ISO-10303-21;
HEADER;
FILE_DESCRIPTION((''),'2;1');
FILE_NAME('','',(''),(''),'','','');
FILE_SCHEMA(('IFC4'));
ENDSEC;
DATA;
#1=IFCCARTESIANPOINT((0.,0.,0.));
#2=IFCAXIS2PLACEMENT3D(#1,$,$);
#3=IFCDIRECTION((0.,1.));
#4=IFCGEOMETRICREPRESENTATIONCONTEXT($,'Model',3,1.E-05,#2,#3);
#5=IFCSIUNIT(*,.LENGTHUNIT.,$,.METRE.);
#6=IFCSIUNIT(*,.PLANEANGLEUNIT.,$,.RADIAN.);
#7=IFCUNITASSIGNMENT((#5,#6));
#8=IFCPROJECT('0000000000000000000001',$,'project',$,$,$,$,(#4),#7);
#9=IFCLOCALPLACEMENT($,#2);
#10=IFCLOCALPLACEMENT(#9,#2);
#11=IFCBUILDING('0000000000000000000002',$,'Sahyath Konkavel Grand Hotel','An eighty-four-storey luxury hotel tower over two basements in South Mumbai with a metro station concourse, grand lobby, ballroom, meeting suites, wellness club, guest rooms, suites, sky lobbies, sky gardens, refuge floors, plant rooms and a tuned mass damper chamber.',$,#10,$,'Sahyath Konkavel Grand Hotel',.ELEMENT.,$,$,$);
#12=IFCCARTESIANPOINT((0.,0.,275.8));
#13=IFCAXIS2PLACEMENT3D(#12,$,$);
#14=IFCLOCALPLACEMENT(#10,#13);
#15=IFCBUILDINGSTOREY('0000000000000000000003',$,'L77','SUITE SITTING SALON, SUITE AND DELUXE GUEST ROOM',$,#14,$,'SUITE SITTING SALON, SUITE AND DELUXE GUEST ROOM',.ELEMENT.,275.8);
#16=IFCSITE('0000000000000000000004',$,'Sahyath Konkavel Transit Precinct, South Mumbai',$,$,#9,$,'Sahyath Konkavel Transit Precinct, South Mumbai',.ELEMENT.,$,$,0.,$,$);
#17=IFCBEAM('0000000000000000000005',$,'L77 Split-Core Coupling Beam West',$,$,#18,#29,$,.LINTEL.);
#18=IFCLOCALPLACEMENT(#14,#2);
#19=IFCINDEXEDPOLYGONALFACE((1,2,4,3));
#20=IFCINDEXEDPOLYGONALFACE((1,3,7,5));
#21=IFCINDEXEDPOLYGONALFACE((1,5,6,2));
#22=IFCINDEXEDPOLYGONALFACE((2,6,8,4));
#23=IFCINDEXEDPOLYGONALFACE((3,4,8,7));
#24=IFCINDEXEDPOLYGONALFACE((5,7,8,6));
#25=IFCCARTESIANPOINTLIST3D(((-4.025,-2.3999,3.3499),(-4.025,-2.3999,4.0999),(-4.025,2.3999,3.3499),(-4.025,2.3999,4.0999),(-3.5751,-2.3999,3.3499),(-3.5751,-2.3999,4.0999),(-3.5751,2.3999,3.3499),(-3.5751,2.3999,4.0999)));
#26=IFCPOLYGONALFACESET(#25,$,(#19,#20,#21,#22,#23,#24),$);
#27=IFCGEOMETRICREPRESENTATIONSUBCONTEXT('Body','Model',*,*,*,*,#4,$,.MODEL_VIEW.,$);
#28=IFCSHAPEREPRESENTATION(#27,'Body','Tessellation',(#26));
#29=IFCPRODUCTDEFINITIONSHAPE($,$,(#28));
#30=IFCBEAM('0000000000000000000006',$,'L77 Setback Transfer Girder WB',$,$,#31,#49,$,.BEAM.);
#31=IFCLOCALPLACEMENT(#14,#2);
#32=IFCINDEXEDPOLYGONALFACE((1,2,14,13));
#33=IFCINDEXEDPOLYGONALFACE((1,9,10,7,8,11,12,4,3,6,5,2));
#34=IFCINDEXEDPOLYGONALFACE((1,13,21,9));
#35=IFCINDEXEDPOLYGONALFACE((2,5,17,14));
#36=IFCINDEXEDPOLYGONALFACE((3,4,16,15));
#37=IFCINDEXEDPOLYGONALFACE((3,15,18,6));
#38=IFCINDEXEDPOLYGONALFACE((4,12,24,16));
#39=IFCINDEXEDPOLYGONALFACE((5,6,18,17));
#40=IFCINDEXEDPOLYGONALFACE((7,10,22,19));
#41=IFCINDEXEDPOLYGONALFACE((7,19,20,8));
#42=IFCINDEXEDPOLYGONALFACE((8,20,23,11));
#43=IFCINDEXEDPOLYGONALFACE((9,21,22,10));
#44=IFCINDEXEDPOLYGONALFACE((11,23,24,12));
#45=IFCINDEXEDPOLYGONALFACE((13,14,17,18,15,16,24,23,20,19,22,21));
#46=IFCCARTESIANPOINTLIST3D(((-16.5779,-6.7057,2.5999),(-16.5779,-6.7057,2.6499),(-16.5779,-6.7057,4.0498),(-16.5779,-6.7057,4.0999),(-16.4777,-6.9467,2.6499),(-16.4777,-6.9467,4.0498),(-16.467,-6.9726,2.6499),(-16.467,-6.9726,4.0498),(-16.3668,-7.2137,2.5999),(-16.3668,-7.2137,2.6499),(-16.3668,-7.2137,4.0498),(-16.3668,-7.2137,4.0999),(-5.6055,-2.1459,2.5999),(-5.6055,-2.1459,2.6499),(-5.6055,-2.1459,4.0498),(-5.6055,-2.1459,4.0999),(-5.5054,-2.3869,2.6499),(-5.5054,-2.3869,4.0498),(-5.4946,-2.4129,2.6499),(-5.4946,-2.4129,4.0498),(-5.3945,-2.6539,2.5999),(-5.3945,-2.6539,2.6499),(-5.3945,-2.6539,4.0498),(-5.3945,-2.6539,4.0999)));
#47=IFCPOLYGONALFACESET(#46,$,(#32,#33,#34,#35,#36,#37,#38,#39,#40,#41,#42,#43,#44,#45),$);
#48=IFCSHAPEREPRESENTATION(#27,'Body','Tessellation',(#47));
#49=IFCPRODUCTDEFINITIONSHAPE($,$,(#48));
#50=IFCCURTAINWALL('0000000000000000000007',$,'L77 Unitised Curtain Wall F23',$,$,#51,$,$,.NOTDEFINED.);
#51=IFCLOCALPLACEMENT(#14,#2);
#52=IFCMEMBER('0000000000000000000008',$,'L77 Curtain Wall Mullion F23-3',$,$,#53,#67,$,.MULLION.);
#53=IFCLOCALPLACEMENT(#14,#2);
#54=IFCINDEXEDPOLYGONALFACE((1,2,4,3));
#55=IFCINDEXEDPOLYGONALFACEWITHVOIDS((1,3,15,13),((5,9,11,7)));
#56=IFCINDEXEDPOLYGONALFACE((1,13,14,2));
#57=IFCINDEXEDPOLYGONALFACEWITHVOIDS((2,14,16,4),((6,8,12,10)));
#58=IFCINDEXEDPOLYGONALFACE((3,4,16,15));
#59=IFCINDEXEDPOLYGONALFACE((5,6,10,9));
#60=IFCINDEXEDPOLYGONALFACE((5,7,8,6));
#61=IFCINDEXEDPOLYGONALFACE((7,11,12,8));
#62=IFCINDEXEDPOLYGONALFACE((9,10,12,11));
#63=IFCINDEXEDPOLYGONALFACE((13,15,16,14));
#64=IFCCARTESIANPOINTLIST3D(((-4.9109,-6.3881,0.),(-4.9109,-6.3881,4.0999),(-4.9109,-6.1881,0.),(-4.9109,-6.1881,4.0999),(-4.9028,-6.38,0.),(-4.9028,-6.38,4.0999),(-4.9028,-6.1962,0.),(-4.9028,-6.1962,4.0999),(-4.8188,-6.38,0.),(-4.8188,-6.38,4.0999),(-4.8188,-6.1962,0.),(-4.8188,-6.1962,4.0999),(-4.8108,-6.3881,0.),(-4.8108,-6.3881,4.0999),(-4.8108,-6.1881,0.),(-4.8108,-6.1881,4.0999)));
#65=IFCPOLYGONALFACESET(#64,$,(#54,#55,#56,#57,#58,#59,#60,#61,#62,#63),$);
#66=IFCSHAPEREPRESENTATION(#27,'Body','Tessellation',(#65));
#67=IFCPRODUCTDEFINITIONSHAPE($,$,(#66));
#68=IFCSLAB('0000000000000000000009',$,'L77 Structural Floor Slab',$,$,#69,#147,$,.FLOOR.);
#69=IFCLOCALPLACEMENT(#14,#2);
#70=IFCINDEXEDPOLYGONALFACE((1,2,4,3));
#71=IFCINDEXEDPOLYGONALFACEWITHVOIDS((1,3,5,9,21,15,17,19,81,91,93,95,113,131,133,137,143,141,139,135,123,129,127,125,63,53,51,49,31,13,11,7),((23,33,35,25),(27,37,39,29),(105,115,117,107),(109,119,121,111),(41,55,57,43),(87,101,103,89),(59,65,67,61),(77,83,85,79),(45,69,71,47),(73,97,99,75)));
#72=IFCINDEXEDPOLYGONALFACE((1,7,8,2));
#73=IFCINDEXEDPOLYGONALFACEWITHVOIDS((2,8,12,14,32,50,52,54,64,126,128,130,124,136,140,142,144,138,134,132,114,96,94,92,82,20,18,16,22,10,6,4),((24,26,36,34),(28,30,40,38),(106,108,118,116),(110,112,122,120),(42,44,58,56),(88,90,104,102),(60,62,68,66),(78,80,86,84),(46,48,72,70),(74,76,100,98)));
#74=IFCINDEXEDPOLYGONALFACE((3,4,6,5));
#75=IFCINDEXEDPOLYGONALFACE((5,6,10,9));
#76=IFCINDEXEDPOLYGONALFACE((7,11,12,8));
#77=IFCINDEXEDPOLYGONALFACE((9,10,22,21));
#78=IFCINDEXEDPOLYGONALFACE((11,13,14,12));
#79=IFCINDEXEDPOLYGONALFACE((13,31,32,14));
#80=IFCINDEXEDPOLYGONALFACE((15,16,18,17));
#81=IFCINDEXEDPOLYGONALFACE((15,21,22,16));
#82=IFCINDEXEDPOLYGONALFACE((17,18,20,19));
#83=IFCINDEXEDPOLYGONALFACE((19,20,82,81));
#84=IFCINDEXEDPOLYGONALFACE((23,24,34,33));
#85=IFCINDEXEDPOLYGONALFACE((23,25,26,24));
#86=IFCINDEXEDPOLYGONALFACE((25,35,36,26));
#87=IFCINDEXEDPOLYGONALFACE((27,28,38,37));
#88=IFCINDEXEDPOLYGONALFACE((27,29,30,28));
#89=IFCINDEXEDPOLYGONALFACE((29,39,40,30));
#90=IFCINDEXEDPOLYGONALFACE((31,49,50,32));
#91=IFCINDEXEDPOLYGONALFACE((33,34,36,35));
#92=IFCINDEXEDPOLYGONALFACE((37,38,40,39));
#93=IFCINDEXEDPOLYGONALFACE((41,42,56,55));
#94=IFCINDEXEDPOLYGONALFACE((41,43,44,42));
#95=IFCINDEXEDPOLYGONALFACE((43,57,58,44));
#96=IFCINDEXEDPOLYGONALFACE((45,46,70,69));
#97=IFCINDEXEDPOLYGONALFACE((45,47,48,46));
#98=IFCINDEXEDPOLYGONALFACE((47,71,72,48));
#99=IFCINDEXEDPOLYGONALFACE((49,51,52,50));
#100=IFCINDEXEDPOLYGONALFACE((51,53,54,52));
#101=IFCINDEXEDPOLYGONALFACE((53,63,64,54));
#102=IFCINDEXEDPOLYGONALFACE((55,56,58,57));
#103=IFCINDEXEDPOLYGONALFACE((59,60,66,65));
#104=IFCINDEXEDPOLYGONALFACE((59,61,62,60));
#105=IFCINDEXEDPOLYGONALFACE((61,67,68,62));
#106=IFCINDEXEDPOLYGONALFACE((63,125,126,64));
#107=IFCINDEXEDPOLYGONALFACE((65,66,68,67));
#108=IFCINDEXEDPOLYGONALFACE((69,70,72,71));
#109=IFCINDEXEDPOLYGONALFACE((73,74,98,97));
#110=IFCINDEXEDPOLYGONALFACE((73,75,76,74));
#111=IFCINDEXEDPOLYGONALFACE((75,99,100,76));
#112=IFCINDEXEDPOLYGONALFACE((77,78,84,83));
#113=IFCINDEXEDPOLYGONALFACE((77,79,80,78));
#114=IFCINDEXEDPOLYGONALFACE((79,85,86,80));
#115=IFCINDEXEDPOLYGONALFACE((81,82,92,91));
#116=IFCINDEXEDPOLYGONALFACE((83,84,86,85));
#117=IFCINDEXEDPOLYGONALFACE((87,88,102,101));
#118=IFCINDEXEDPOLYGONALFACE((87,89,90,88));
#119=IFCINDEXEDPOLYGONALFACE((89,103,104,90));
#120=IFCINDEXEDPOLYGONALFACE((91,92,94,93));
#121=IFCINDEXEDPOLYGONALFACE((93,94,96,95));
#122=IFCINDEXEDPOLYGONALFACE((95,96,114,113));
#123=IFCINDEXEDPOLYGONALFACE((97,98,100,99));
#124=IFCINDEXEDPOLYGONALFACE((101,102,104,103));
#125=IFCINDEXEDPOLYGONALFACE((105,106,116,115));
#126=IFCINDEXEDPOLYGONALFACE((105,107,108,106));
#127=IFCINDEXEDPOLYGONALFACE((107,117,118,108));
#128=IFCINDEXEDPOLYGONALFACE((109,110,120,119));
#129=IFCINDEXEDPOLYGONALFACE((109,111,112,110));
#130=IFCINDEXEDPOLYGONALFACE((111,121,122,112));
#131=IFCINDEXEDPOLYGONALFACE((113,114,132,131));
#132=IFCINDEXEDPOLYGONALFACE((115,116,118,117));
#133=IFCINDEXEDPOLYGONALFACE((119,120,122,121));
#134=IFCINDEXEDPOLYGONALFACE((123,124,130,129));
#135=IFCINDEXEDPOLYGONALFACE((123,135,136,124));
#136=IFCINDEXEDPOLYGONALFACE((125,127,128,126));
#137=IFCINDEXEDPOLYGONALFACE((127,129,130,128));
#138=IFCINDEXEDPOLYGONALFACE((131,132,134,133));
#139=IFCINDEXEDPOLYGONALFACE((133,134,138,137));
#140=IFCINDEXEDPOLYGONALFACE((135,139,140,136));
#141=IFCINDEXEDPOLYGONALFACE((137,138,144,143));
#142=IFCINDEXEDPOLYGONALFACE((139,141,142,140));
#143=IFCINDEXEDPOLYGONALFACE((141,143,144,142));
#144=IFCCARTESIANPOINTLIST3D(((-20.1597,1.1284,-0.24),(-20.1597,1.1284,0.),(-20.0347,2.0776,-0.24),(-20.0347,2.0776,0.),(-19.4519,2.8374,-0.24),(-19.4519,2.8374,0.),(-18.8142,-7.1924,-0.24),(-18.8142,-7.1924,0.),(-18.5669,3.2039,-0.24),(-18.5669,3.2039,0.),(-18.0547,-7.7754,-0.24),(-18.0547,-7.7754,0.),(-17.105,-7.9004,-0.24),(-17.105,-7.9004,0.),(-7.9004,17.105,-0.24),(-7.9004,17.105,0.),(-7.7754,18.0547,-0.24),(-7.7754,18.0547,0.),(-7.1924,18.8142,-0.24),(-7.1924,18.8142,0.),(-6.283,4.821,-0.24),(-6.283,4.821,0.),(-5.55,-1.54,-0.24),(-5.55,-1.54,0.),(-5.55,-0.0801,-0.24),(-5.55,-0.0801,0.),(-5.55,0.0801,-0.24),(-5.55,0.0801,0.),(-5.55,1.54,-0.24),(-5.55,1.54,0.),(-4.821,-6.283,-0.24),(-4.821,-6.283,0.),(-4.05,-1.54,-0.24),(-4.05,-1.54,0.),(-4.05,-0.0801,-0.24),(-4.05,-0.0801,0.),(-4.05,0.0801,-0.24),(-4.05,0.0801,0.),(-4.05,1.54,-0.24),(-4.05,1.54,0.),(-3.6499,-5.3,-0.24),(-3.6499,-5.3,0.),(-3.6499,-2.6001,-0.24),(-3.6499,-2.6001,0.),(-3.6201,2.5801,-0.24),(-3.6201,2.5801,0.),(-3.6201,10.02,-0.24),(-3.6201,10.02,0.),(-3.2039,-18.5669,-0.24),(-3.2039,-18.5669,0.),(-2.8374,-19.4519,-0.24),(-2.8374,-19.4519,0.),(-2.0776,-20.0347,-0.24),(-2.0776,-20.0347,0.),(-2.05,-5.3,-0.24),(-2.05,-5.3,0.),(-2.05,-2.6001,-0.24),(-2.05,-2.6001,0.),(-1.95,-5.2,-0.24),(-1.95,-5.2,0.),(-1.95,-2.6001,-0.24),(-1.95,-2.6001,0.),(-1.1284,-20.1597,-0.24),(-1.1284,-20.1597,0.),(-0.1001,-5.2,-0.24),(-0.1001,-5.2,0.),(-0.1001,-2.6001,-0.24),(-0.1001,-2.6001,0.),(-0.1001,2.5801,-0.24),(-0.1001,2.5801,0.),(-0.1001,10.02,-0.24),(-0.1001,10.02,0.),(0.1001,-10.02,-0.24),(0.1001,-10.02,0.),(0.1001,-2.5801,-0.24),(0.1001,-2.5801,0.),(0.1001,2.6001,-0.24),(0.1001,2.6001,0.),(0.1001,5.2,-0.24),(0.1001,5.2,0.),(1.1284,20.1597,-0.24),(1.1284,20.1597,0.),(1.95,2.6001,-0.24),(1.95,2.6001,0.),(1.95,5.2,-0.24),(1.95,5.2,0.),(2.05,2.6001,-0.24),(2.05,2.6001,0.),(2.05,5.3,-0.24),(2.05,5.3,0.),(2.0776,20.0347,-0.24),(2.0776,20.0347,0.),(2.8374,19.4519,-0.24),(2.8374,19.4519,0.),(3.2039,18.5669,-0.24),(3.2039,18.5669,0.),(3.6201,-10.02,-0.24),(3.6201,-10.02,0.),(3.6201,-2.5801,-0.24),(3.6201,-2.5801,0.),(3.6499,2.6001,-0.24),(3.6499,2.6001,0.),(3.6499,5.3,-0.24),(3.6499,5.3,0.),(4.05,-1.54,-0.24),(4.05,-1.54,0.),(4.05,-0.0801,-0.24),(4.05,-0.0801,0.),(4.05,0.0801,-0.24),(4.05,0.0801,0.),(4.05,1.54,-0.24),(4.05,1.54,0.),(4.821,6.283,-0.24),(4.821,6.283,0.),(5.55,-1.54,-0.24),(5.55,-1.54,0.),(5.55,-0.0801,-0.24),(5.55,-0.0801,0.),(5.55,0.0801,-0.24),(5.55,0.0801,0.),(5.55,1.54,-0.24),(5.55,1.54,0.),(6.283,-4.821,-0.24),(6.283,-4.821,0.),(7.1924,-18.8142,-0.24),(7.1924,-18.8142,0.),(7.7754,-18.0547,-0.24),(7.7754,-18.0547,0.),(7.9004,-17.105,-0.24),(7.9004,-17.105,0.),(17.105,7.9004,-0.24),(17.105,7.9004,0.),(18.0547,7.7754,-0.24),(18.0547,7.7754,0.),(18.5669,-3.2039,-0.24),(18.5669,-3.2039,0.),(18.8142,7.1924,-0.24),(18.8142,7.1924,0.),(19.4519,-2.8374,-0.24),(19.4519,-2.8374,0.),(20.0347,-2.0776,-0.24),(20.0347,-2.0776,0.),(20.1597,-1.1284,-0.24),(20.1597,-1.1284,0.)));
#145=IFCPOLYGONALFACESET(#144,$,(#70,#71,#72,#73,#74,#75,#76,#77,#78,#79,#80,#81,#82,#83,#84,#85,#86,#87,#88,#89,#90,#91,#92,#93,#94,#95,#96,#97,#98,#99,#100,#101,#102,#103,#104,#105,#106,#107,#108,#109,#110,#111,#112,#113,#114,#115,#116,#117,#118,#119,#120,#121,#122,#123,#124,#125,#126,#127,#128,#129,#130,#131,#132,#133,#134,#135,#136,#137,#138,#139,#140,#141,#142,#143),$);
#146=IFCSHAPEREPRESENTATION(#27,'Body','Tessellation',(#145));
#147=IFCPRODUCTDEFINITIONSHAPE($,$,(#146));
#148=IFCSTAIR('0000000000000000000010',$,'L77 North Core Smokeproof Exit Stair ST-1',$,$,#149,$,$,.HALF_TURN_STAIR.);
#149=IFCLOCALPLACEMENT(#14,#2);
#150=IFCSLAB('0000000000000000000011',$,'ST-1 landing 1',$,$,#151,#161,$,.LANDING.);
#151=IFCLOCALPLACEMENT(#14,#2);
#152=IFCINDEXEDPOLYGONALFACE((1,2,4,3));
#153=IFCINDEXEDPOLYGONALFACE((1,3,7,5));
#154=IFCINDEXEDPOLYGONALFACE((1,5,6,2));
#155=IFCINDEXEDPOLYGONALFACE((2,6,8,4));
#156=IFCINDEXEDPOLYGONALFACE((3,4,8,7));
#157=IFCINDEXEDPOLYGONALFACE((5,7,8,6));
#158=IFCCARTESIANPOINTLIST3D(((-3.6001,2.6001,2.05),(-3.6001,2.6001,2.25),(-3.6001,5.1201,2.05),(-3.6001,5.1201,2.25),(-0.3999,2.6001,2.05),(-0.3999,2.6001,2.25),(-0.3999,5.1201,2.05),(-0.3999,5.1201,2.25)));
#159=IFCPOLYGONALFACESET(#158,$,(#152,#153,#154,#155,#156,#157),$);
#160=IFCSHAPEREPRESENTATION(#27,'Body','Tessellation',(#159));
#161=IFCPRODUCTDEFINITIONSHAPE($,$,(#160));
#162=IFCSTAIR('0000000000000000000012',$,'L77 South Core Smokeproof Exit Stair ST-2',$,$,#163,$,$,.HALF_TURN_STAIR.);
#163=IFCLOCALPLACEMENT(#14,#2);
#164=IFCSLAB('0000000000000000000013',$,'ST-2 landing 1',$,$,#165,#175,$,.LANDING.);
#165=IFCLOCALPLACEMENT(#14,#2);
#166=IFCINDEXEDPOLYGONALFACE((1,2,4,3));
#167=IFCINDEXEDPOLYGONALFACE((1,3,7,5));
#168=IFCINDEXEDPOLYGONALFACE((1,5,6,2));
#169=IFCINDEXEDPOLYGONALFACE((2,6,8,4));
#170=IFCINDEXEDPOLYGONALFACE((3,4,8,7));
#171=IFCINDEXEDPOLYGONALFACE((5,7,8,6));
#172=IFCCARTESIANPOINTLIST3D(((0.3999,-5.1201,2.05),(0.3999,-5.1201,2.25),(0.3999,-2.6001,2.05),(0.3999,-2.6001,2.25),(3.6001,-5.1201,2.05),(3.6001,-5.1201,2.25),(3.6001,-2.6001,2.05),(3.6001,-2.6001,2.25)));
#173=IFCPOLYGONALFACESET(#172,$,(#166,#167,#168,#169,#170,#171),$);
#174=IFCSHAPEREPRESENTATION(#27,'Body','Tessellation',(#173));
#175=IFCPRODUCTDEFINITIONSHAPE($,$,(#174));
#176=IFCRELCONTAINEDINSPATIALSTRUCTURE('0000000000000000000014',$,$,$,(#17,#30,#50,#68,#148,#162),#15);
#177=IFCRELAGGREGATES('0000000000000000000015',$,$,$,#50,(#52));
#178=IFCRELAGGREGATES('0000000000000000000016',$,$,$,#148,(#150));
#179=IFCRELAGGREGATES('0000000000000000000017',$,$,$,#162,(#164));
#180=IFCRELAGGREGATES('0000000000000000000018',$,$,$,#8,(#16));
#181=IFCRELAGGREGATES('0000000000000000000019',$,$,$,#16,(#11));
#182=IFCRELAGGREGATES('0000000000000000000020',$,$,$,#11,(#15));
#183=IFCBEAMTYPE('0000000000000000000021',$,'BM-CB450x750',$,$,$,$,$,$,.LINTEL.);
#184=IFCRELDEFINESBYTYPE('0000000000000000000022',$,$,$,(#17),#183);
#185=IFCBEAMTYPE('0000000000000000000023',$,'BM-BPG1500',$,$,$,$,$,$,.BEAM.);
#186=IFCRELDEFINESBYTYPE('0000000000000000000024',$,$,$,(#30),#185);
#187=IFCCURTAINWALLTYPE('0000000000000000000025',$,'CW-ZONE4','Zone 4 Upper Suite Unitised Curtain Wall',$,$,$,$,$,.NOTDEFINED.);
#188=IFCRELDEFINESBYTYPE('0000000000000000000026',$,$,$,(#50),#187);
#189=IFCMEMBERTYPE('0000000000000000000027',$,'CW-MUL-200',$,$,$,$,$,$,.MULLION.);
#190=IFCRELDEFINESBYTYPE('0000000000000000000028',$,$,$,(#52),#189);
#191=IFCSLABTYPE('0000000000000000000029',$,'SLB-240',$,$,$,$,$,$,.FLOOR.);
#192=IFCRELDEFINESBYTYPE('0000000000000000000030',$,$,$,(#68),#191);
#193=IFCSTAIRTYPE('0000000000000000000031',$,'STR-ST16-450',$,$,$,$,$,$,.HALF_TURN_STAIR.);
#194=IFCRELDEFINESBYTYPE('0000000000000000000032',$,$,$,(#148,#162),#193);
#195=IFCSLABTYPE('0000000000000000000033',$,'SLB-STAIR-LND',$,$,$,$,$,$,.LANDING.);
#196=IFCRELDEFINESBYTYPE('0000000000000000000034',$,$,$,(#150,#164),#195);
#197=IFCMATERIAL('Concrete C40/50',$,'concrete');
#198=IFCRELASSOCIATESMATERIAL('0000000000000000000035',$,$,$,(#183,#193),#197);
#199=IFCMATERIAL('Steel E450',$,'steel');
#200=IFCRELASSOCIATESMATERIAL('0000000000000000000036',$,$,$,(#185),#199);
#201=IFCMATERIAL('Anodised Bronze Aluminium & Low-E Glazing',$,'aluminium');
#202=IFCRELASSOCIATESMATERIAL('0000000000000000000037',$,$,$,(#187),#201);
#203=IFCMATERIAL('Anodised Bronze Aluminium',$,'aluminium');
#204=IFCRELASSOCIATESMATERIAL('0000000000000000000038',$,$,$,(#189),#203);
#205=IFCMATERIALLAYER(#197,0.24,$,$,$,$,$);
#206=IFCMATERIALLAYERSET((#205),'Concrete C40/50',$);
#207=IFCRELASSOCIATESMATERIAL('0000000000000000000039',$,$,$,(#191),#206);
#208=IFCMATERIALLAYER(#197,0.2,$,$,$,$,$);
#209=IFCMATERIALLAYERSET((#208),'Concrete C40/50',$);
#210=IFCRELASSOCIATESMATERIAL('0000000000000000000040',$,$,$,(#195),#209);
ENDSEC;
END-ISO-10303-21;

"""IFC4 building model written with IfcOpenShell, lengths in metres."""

from ifc_helpers import new_model, si_unit, direction, frame, origin, origin_2d, place, context, subcontext, project, spatial, polyline, rectangle, hollow_rectangle, i_section, outline, extrude, source, transform, mapped, material, layer, layer_set, material_profile, profile_set, type_object, element, aggregate, save


model = new_model("IFC4")

# Units and contexts
model_context = context("Model", 3, precision=1e-05, world=origin(), true_north=direction((0.0, 1.0)))
body_context = subcontext(model_context, "Body", "Model", "MODEL_VIEW")
ifc_project = project(units=[si_unit("LENGTHUNIT", "METRE"), si_unit("PLANEANGLEUNIT", "RADIAN")], contexts=[model_context])

# Site, building, storey
site_placement = place(None, origin())
site = spatial("IfcSite", under=ifc_project, at=site_placement, Name="Sahyath Konkavel Transit Precinct, South Mumbai", LongName="Sahyath Konkavel Transit Precinct, South Mumbai", CompositionType="ELEMENT", RefElevation=0.0)
building_placement = place(site_placement, origin())
building = spatial("IfcBuilding", under=site, at=building_placement, Name="Sahyath Konkavel Grand Hotel", Description="An eighty-four-storey luxury hotel tower over two basements in South Mumbai with a metro station concourse, grand lobby, ballroom, meeting suites, wellness club, guest rooms, suites, sky lobbies, sky gardens, refuge floors, plant rooms and a tuned mass damper chamber.", LongName="Sahyath Konkavel Grand Hotel", CompositionType="ELEMENT")
storey_placement = place(building_placement, frame((0.0, 0.0, 275.8)))
storey = spatial("IfcBuildingStorey", under=building, at=storey_placement, Name="L77", Description="SUITE SITTING SALON, SUITE AND DELUXE GUEST ROOM", LongName="SUITE SITTING SALON, SUITE AND DELUXE GUEST ROOM", CompositionType="ELEMENT", Elevation=275.8)

# Shared definitions
ifc_material_1 = material(Name="Concrete C40/50", Category="concrete")

# Beams
ifc_material_profile_1 = material_profile(ifc_material_1, rectangle(XDim=0.45, YDim=0.75, at=origin_2d()), Name="RC 450x750")
ifc_profile_set_1 = profile_set([ifc_material_profile_1], Name="Concrete C40/50")
beam_type_1 = type_object("IfcBeamType", Name="BM-CB450x750", PredefinedType="LINTEL", material=ifc_profile_set_1)
shared_shape_1 = source(origin(), body_context, "Body", "SweptSolid", [
    extrude(rectangle(XDim=0.45, YDim=0.75, at=origin_2d()), origin(), (0.0, 0.0, 1.0), 4.7998),
])
beam_1_placement = place(storey_placement, frame((-3.8, -2.3999, 3.7249), z_axis=(0.0, 1.0, 0.0), x_axis=(-1.0, 0.0, 0.0)))
element("IfcBeam", 1, at=beam_1_placement, inside=storey, type_object=beam_type_1, Name="L77 Split-Core Coupling Beam West", PredefinedType="LINTEL", context=body_context, shape_type="MappedRepresentation", body=[
    mapped(shared_shape_1, transform((0.0, 0.0, 0.0), scale=1.0)),
])
ifc_material_2 = material(Name="Steel E450", Category="steel")
ifc_material_profile_2 = material_profile(ifc_material_2, i_section(OverallWidth=0.55, OverallDepth=1.5, WebThickness=0.0281, FlangeThickness=0.05, at=origin_2d()), Name="BPG 1500x550")
ifc_profile_set_2 = profile_set([ifc_material_profile_2], Name="Steel E450")
beam_type_2 = type_object("IfcBeamType", Name="BM-BPG1500", PredefinedType="BEAM", material=ifc_profile_set_2)
shared_shape_2 = source(origin(), body_context, "Body", "SweptSolid", [
    extrude(i_section(OverallWidth=0.55, OverallDepth=1.5, WebThickness=0.0281, FlangeThickness=0.05, at=origin_2d()), origin(), (0.0, 0.0, 1.0), 11.8821),
])
beam_2_placement = place(storey_placement, frame((-5.5, -2.3999, 3.3499), z_axis=(-0.923436, -0.383753, 0.0), x_axis=(0.383753, -0.923436, 0.0)))
element("IfcBeam", 2, at=beam_2_placement, inside=storey, type_object=beam_type_2, Name="L77 Setback Transfer Girder WB", PredefinedType="BEAM", context=body_context, shape_type="MappedRepresentation", body=[
    mapped(shared_shape_2, transform((0.0, 0.0, 0.0), scale=1.0)),
])

# Curtain wall, member
ifc_material_3 = material(Name="Anodised Bronze Aluminium & Low-E Glazing", Category="aluminium")
curtain_wall_type = type_object("IfcCurtainWallType", Name="CW-ZONE4", Description="Zone 4 Upper Suite Unitised Curtain Wall", PredefinedType="NOTDEFINED", material=ifc_material_3)
curtain_wall_placement = place(storey_placement, origin())
curtain_wall = element("IfcCurtainWall", 3, at=curtain_wall_placement, inside=storey, type_object=curtain_wall_type, Name="L77 Unitised Curtain Wall F23", PredefinedType="NOTDEFINED")
ifc_material_4 = material(Name="Anodised Bronze Aluminium", Category="aluminium")
ifc_material_profile_3 = material_profile(ifc_material_4, hollow_rectangle(XDim=0.1001, YDim=0.2, WallThickness=0.0081, at=origin_2d()), Name="RHS 200x100x8")
ifc_profile_set_3 = profile_set([ifc_material_profile_3], Name="Anodised Bronze Aluminium")
member_type = type_object("IfcMemberType", Name="CW-MUL-200", PredefinedType="MULLION", material=ifc_profile_set_3)
shared_shape_3 = source(origin(), body_context, "Body", "SweptSolid", [
    extrude(hollow_rectangle(XDim=0.1001, YDim=0.2, WallThickness=0.0081, at=origin_2d()), origin(), (0.0, 0.0, 1.0), 4.0999),
])
member_placement = place(storey_placement, frame((-4.8608, -6.2881, 0.0), z_axis=(0.0, 0.0, 1.0), x_axis=(1.0, 0.0, 0.0)))
member = element("IfcMember", 4, at=member_placement, type_object=member_type, Name="L77 Curtain Wall Mullion F23-3", PredefinedType="MULLION", context=body_context, shape_type="MappedRepresentation", body=[
    mapped(shared_shape_3, transform((0.0, 0.0, 0.0), scale=1.0)),
])
aggregate(curtain_wall, [member])

# Slab
ifc_layer_1 = layer(ifc_material_1, 0.24)
ifc_layer_set_1 = layer_set([ifc_layer_1], Name="Concrete C40/50")
slab_type_1 = type_object("IfcSlabType", Name="SLB-240", PredefinedType="FLOOR", material=ifc_layer_set_1)
slab_1_placement = place(storey_placement, frame((0.0, 0.0, -0.24)))
element("IfcSlab", 5, at=slab_1_placement, inside=storey, type_object=slab_type_1, Name="L77 Structural Floor Slab", PredefinedType="FLOOR", context=body_context, shape_type="SweptSolid", body=[
    extrude(outline(polyline([(6.283, -4.821), (18.5669, -3.2039), (19.4519, -2.8374), (20.0347, -2.0776), (20.1597, -1.1284), (18.8142, 7.1924), (18.0547, 7.7754), (17.105, 7.9004), (4.821, 6.283), (3.2039, 18.5669), (2.8374, 19.4519), (2.0776, 20.0347), (1.1284, 20.1597), (-7.1924, 18.8142), (-7.7754, 18.0547), (-7.9004, 17.105), (-6.283, 4.821), (-18.5669, 3.2039), (-19.4519, 2.8374), (-20.0347, 2.0776), (-20.1597, 1.1284), (-18.8142, -7.1924), (-18.0547, -7.7754), (-17.105, -7.9004), (-4.821, -6.283), (-3.2039, -18.5669), (-2.8374, -19.4519), (-2.0776, -20.0347), (-1.1284, -20.1597), (7.1924, -18.8142), (7.7754, -18.0547), (7.9004, -17.105), (6.283, -4.821)]), holes=[polyline([(-3.6201, 2.5801), (-0.1001, 2.5801), (-0.1001, 10.02), (-3.6201, 10.02), (-3.6201, 2.5801)]), polyline([(0.1001, -10.02), (3.6201, -10.02), (3.6201, -2.5801), (0.1001, -2.5801), (0.1001, -10.02)]), polyline([(0.1001, 2.6001), (1.95, 2.6001), (1.95, 5.2), (0.1001, 5.2), (0.1001, 2.6001)]), polyline([(-1.95, -5.2), (-0.1001, -5.2), (-0.1001, -2.6001), (-1.95, -2.6001), (-1.95, -5.2)]), polyline([(2.05, 2.6001), (3.6499, 2.6001), (3.6499, 5.3), (2.05, 5.3), (2.05, 2.6001)]), polyline([(-3.6499, -5.3), (-2.05, -5.3), (-2.05, -2.6001), (-3.6499, -2.6001), (-3.6499, -5.3)]), polyline([(4.05, 0.0801), (5.55, 0.0801), (5.55, 1.54), (4.05, 1.54), (4.05, 0.0801)]), polyline([(4.05, -1.54), (5.55, -1.54), (5.55, -0.0801), (4.05, -0.0801), (4.05, -1.54)]), polyline([(-5.55, 0.0801), (-4.05, 0.0801), (-4.05, 1.54), (-5.55, 1.54), (-5.55, 0.0801)]), polyline([(-5.55, -1.54), (-4.05, -1.54), (-4.05, -0.0801), (-5.55, -0.0801), (-5.55, -1.54)])]), origin(), (0.0, 0.0, 1.0), 0.24),
])

# Stairs, slabs
stair_type = type_object("IfcStairType", Name="STR-ST16-450", PredefinedType="HALF_TURN_STAIR", material=ifc_material_1)
stair_1_placement = place(storey_placement, origin())
stair_1 = element("IfcStair", 6, at=stair_1_placement, inside=storey, type_object=stair_type, Name="L77 North Core Smokeproof Exit Stair ST-1", PredefinedType="HALF_TURN_STAIR")
ifc_layer_2 = layer(ifc_material_1, 0.2)
ifc_layer_set_2 = layer_set([ifc_layer_2], Name="Concrete C40/50")
slab_type_2 = type_object("IfcSlabType", Name="SLB-STAIR-LND", PredefinedType="LANDING", material=ifc_layer_set_2)
slab_2_placement = place(storey_placement, frame((0.0, 0.0, 2.05)))
slab_2 = element("IfcSlab", 7, at=slab_2_placement, type_object=slab_type_2, Name="ST-1 landing 1", PredefinedType="LANDING", context=body_context, shape_type="SweptSolid", body=[
    extrude(outline(polyline([(-3.6001, 5.1201), (-3.6001, 2.6001), (-0.3999, 2.6001), (-0.3999, 5.1201), (-3.6001, 5.1201)])), origin(), (0.0, 0.0, 1.0), 0.2),
])
aggregate(stair_1, [slab_2])
stair_2_placement = place(storey_placement, origin())
stair_2 = element("IfcStair", 8, at=stair_2_placement, inside=storey, type_object=stair_type, Name="L77 South Core Smokeproof Exit Stair ST-2", PredefinedType="HALF_TURN_STAIR")
slab_3_placement = place(storey_placement, frame((0.0, 0.0, 2.05)))
slab_3 = element("IfcSlab", 9, at=slab_3_placement, type_object=slab_type_2, Name="ST-2 landing 1", PredefinedType="LANDING", context=body_context, shape_type="SweptSolid", body=[
    extrude(outline(polyline([(3.6001, -5.1201), (3.6001, -2.6001), (0.3999, -2.6001), (0.3999, -5.1201), (3.6001, -5.1201)])), origin(), (0.0, 0.0, 1.0), 0.2),
])
aggregate(stair_2, [slab_3])

save(model, "model.ifc")
